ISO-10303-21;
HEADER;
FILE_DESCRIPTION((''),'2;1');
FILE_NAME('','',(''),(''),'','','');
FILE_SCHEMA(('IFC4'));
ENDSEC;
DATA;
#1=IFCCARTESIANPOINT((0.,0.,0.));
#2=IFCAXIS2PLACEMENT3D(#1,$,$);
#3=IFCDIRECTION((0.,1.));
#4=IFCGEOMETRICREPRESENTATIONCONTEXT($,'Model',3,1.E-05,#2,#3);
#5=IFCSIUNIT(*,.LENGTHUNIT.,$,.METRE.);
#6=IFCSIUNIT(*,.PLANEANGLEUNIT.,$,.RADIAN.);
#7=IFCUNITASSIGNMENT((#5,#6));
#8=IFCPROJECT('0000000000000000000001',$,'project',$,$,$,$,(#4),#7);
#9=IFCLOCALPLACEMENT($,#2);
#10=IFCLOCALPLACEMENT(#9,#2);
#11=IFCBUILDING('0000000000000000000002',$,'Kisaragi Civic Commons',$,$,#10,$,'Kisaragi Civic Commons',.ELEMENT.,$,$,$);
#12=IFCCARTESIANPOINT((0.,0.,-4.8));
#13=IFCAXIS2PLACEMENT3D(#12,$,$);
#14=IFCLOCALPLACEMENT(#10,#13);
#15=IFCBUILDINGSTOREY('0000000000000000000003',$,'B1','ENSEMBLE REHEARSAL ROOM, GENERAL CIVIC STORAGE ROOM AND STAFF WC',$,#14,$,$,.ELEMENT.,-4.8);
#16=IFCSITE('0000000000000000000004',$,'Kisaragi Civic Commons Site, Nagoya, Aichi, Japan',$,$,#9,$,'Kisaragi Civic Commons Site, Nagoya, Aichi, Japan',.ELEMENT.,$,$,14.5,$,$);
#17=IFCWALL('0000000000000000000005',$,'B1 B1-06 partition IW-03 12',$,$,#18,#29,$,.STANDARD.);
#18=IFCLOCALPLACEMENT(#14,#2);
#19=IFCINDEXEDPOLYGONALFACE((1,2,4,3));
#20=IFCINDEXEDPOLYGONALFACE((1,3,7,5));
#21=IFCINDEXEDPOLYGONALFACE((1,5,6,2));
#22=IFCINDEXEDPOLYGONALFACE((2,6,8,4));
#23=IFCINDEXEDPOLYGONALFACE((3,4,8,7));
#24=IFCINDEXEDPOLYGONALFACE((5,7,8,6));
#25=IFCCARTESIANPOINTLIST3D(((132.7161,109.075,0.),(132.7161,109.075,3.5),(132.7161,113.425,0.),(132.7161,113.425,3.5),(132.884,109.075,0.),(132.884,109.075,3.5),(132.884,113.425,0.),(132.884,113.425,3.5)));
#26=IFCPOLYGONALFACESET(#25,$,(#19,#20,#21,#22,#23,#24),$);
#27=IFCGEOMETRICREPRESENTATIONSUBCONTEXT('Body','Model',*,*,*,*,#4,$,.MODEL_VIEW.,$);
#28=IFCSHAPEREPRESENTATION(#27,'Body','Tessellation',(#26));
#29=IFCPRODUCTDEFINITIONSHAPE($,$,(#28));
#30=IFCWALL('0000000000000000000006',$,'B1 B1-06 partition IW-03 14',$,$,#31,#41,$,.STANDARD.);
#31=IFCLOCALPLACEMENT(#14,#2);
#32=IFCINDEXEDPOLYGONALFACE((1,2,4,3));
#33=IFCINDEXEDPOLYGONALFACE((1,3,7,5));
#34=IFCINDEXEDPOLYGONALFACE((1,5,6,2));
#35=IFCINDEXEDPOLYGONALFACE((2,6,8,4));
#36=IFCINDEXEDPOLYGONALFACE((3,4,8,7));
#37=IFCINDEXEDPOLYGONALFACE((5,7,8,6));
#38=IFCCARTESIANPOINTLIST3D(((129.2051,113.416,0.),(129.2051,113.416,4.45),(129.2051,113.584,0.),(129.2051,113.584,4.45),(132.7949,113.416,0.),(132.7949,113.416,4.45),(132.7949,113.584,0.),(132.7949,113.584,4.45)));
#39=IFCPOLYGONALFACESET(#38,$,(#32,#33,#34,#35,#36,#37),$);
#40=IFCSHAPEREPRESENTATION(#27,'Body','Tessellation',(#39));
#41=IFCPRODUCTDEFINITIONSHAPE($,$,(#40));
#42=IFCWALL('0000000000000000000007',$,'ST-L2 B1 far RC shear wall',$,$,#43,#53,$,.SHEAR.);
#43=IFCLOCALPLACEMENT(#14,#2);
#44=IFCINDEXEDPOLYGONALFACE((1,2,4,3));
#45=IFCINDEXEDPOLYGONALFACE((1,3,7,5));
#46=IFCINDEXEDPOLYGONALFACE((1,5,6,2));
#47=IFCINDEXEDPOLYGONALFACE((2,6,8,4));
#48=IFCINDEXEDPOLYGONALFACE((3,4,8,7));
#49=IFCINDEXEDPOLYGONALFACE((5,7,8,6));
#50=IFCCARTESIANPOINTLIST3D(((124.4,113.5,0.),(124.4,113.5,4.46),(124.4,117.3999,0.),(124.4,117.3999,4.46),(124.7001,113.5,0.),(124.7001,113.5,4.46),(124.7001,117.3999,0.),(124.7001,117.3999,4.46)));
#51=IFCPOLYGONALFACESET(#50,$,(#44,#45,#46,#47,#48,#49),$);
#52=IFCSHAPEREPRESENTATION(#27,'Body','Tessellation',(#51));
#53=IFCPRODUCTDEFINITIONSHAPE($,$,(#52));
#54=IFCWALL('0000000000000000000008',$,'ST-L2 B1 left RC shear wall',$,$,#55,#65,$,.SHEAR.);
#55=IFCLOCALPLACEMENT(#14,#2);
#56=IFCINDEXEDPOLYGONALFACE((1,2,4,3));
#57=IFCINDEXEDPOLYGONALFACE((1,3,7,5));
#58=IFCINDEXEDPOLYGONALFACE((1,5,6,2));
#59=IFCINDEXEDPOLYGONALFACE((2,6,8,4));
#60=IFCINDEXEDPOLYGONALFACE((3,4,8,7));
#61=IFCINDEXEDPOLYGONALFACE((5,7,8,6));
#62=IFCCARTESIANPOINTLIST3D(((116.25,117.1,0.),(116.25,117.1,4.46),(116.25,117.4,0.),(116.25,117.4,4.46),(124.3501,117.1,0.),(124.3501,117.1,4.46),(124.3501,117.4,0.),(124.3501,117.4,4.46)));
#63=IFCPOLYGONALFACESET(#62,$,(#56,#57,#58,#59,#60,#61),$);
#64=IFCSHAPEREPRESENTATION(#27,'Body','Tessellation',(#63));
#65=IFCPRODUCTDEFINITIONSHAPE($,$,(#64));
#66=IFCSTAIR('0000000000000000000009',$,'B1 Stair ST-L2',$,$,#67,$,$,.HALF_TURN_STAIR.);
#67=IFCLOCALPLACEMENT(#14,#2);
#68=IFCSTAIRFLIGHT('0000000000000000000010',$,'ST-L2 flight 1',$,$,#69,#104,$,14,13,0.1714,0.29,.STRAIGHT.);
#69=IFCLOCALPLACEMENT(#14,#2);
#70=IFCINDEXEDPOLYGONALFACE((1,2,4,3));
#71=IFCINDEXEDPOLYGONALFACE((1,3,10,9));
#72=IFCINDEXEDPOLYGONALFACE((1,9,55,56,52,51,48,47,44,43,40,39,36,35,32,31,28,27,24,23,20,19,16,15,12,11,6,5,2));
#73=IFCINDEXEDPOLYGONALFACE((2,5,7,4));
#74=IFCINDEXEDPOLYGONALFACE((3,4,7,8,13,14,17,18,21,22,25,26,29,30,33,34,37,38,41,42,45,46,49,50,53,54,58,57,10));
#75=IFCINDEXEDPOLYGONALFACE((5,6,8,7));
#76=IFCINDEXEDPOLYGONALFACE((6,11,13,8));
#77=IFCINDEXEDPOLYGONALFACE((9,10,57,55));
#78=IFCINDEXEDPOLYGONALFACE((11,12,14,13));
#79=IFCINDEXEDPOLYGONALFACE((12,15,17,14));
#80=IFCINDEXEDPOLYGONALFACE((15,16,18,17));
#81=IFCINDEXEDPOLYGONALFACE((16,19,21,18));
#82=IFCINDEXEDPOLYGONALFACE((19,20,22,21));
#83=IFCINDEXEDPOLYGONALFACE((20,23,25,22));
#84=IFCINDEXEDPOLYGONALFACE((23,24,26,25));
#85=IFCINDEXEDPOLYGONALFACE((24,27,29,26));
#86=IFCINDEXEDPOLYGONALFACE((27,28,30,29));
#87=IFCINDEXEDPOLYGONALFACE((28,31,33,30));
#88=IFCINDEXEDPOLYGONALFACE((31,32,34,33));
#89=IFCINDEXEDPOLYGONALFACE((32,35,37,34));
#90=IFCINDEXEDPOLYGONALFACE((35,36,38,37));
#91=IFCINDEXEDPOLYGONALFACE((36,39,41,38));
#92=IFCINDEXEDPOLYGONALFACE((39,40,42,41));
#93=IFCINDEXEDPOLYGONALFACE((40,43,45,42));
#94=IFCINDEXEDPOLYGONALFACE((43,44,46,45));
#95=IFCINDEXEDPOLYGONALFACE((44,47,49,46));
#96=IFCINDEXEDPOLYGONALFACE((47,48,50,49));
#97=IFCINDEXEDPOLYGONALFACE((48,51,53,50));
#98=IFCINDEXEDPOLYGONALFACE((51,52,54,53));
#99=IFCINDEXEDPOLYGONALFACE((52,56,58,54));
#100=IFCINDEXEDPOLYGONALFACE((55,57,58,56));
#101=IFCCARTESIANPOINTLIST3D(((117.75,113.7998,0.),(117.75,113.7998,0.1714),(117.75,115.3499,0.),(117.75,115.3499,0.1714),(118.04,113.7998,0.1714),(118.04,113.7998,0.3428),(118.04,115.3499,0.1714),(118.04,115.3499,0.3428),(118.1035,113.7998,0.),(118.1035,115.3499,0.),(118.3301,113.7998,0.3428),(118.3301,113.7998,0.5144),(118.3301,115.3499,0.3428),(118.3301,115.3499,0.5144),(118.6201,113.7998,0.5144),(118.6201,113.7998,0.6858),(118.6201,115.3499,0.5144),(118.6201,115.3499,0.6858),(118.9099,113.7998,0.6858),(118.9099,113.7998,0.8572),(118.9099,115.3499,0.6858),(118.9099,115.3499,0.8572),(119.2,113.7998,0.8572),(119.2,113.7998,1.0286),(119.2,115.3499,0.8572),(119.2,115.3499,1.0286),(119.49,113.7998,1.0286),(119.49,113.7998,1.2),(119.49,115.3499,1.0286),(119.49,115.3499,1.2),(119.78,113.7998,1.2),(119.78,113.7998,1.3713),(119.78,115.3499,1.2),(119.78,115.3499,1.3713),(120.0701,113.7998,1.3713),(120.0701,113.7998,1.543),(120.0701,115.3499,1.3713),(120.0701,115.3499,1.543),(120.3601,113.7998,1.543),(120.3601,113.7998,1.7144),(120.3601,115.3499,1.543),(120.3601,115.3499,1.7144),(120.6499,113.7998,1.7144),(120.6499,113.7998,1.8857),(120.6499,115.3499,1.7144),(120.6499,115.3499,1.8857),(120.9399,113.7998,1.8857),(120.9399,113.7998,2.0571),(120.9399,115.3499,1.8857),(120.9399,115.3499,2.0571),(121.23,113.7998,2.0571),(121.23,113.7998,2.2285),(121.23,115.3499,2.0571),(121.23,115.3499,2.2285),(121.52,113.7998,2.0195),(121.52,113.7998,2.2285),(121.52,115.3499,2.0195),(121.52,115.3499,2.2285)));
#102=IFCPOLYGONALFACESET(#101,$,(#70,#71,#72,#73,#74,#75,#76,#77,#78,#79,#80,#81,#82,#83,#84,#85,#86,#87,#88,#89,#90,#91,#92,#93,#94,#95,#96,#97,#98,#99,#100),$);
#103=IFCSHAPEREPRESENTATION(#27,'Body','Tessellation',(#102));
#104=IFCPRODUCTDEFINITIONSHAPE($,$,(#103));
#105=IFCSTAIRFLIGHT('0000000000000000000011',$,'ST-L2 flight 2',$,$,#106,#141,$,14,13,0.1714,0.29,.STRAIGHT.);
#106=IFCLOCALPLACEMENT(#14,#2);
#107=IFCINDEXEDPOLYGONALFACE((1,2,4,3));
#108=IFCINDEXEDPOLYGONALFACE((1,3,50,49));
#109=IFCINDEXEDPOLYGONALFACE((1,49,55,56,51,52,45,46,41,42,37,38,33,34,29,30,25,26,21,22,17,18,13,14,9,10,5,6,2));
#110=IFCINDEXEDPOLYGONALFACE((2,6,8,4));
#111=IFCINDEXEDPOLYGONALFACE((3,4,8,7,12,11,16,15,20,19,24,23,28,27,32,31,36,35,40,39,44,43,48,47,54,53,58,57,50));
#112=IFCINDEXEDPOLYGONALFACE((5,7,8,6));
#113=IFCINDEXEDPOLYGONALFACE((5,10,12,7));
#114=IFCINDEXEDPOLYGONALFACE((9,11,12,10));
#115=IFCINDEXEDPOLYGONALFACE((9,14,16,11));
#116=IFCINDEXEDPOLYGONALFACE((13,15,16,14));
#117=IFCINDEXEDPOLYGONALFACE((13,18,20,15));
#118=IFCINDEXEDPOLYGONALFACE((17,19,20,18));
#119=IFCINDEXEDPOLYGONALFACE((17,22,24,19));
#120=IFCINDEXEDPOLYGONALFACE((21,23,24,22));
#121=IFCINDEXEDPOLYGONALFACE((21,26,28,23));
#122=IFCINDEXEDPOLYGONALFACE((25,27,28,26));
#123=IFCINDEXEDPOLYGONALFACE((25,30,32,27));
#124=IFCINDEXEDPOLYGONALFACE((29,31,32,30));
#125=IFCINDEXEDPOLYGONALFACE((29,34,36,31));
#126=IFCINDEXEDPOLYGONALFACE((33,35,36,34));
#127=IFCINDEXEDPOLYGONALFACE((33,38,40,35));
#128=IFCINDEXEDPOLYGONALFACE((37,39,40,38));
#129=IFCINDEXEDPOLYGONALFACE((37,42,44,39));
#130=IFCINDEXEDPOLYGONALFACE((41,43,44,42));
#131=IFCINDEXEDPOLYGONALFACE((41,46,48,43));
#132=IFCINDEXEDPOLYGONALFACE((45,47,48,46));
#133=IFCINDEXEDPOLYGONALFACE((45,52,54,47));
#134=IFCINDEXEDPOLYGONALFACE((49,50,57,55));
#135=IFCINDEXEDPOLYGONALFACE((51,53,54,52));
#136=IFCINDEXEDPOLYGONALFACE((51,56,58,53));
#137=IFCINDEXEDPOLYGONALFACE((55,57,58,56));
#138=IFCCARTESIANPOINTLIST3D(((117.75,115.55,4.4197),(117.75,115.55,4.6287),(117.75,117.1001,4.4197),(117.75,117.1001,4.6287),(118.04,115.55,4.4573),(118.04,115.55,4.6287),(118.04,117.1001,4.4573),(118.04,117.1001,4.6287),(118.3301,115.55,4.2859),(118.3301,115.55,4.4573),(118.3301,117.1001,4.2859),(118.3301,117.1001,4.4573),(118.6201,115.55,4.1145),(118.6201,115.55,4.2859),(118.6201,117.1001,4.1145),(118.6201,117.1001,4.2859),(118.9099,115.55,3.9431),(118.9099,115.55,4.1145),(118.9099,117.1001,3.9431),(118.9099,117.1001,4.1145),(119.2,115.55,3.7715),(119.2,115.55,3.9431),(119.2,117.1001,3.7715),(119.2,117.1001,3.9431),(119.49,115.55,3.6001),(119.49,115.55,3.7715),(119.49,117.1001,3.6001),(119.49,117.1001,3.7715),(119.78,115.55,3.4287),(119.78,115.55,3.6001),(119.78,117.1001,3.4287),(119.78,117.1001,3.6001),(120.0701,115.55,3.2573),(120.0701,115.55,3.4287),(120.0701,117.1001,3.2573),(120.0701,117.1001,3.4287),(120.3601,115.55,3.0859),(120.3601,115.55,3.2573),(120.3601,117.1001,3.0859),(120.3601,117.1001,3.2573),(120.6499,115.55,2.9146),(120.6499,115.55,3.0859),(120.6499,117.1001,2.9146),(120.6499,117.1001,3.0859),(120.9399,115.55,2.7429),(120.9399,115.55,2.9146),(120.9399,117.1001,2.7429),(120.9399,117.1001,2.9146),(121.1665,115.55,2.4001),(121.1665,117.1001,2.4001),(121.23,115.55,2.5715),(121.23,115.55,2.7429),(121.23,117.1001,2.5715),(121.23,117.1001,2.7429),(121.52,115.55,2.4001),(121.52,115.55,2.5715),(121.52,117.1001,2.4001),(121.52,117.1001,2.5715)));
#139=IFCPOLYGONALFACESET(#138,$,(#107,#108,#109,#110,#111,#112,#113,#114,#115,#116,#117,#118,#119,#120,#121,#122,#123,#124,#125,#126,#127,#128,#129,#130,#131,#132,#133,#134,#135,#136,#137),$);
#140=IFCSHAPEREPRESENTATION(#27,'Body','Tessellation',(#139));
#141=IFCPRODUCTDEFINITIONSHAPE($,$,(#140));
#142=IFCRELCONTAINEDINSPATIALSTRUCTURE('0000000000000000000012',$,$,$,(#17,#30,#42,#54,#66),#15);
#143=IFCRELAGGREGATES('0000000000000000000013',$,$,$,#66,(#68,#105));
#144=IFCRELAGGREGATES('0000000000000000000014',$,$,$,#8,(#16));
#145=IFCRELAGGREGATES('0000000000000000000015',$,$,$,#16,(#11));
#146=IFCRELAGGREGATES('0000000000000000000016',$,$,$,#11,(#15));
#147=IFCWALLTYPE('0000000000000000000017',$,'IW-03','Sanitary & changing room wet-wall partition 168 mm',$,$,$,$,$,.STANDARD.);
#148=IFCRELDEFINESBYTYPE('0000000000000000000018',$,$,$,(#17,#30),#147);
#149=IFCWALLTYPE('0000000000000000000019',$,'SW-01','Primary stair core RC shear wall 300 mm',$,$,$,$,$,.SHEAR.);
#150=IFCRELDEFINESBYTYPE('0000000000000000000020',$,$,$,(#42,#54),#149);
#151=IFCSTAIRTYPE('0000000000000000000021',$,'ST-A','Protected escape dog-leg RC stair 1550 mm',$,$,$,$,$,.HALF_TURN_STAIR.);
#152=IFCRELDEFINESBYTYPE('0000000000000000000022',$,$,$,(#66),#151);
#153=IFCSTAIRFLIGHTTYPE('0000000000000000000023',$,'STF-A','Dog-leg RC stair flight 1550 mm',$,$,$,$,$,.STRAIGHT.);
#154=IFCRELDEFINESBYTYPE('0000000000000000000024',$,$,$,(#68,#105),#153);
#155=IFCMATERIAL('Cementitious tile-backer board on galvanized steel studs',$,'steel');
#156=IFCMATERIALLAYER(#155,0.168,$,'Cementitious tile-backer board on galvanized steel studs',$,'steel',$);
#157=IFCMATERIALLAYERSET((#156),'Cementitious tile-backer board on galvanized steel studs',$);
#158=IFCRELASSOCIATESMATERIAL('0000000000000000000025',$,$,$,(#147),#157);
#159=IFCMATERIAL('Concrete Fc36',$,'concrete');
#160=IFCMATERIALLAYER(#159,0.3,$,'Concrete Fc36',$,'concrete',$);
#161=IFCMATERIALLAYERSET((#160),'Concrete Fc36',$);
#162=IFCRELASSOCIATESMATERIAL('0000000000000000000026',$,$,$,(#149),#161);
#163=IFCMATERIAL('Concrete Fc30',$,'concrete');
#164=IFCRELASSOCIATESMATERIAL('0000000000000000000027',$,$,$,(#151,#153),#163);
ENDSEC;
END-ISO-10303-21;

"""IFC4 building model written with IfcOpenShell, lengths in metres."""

from ifc_helpers import new_model, si_unit, direction, frame, frame_2d, origin, place, context, subcontext, project, spatial, polyline, rectangle, outline, extrude, material, layer, layer_set, type_object, element, aggregate, save


model = new_model("IFC4")

# Units and contexts
model_context = context("Model", 3, precision=1e-05, world=origin(), true_north=direction((0.0, 1.0)))
body_context = subcontext(model_context, "Body", "Model", "MODEL_VIEW")
ifc_project = project(units=[si_unit("LENGTHUNIT", "METRE"), si_unit("PLANEANGLEUNIT", "RADIAN")], contexts=[model_context])

# Site, building, storey
site_placement = place(None, origin())
site = spatial("IfcSite", under=ifc_project, at=site_placement, Name="Kisaragi Civic Commons Site, Nagoya, Aichi, Japan", LongName="Kisaragi Civic Commons Site, Nagoya, Aichi, Japan", CompositionType="ELEMENT", RefElevation=14.5)
building_placement = place(site_placement, origin())
building = spatial("IfcBuilding", under=site, at=building_placement, Name="Kisaragi Civic Commons", LongName="Kisaragi Civic Commons", CompositionType="ELEMENT")
storey_placement = place(building_placement, frame((0.0, 0.0, -4.8)))
storey = spatial("IfcBuildingStorey", under=building, at=storey_placement, Name="B1", Description="ENSEMBLE REHEARSAL ROOM, GENERAL CIVIC STORAGE ROOM AND STAFF WC", CompositionType="ELEMENT", Elevation=-4.8)

# Shared definitions
ifc_material_1 = material(Name="Concrete Fc36", Category="concrete")

# Walls
ifc_material_2 = material(Name="Cementitious tile-backer board on galvanized steel studs", Category="steel")
ifc_layer_1 = layer(ifc_material_2, 0.168, Name="Cementitious tile-backer board on galvanized steel studs", Category="steel")
ifc_layer_set_1 = layer_set([ifc_layer_1], Name="Cementitious tile-backer board on galvanized steel studs")
wall_type_1 = type_object("IfcWallType", Name="IW-03", Description="Sanitary & changing room wet-wall partition 168 mm", PredefinedType="STANDARD", material=ifc_layer_set_1)
wall_1_placement = place(storey_placement, frame((132.8, 113.425, 0.0), z_axis=(0.0, 0.0, 1.0), x_axis=(0.0, -1.0, 0.0)))
element("IfcWall", 1, at=wall_1_placement, inside=storey, type_object=wall_type_1, Name="B1 B1-06 partition IW-03 12", PredefinedType="STANDARD", context=body_context, shape_type="SweptSolid", body=[
    extrude(rectangle(XDim=4.3501, YDim=0.168, at=frame_2d((2.175, 0.0))), origin(), (0.0, 0.0, 1.0), 3.5),
])
wall_2_placement = place(storey_placement, frame((129.2051, 113.5, 0.0), z_axis=(0.0, 0.0, 1.0), x_axis=(1.0, 0.0, 0.0)))
element("IfcWall", 2, at=wall_2_placement, inside=storey, type_object=wall_type_1, Name="B1 B1-06 partition IW-03 14", PredefinedType="STANDARD", context=body_context, shape_type="SweptSolid", body=[
    extrude(rectangle(XDim=3.5898, YDim=0.168, at=frame_2d((1.7949, 0.0))), origin(), (0.0, 0.0, 1.0), 4.45),
])
ifc_layer_2 = layer(ifc_material_1, 0.3, Name="Concrete Fc36", Category="concrete")
ifc_layer_set_2 = layer_set([ifc_layer_2], Name="Concrete Fc36")
wall_type_2 = type_object("IfcWallType", Name="SW-01", Description="Primary stair core RC shear wall 300 mm", PredefinedType="SHEAR", material=ifc_layer_set_2)
wall_3_placement = place(storey_placement, frame((124.55, 113.5, 0.0), z_axis=(0.0, 0.0, 1.0), x_axis=(0.0, 1.0, 0.0)))
element("IfcWall", 3, at=wall_3_placement, inside=storey, type_object=wall_type_2, Name="ST-L2 B1 far RC shear wall", PredefinedType="SHEAR", context=body_context, shape_type="SweptSolid", body=[
    extrude(rectangle(XDim=3.8999, YDim=0.3, at=frame_2d((1.95, 0.0))), origin(), (0.0, 0.0, 1.0), 4.46),
])
wall_4_placement = place(storey_placement, frame((124.3501, 117.25, 0.0), z_axis=(0.0, 0.0, 1.0), x_axis=(-1.0, 0.0, 0.0)))
element("IfcWall", 4, at=wall_4_placement, inside=storey, type_object=wall_type_2, Name="ST-L2 B1 left RC shear wall", PredefinedType="SHEAR", context=body_context, shape_type="SweptSolid", body=[
    extrude(rectangle(XDim=8.1001, YDim=0.3, at=frame_2d((4.05, 0.0))), origin(), (0.0, 0.0, 1.0), 4.46),
])

# Stair, stair flights
ifc_material_3 = material(Name="Concrete Fc30", Category="concrete")
stair_type = type_object("IfcStairType", Name="ST-A", Description="Protected escape dog-leg RC stair 1550 mm", PredefinedType="HALF_TURN_STAIR", material=ifc_material_3)
stair_placement = place(storey_placement, origin())
stair = element("IfcStair", 5, at=stair_placement, inside=storey, type_object=stair_type, Name="B1 Stair ST-L2", PredefinedType="HALF_TURN_STAIR")
stair_flight_type = type_object("IfcStairFlightType", Name="STF-A", Description="Dog-leg RC stair flight 1550 mm", PredefinedType="STRAIGHT", material=ifc_material_3)
stair_flight_1_placement = place(storey_placement, frame((117.75, 114.575, 0.0), z_axis=(0.0, 0.0, 1.0), x_axis=(1.0, 0.0, 0.0)))
stair_flight_1 = element("IfcStairFlight", 6, at=stair_flight_1_placement, type_object=stair_flight_type, Name="ST-L2 flight 1", NumberOfRisers=14, NumberOfTreads=13, PredefinedType="STRAIGHT", RiserHeight=0.1714, TreadLength=0.29, context=body_context, shape_type="SweptSolid", body=[
    extrude(outline(polyline([(0.0, 0.0), (0.0, 0.1714), (0.29, 0.1714), (0.29, 0.3428), (0.5801, 0.3428), (0.5801, 0.5144), (0.8701, 0.5144), (0.8701, 0.6858), (1.1599, 0.6858), (1.1599, 0.8572), (1.45, 0.8572), (1.45, 1.0286), (1.74, 1.0286), (1.74, 1.2), (2.03, 1.2), (2.03, 1.3713), (2.3201, 1.3713), (2.3201, 1.543), (2.6101, 1.543), (2.6101, 1.7144), (2.8999, 1.7144), (2.8999, 1.8857), (3.1899, 1.8857), (3.1899, 2.0571), (3.48, 2.0571), (3.48, 2.2285), (3.77, 2.2285), (3.77, 2.3999), (3.77, 2.0195), (0.3535, 0.0), (0.0, 0.0)])), frame((0.0, 0.7749, 0.0), z_axis=(0.0, -1.0, 0.0), x_axis=(1.0, 0.0, 0.0)), (0.0, 0.0, 1.0), 1.55),
])
stair_flight_2_placement = place(storey_placement, frame((121.52, 116.325, 2.4001), z_axis=(0.0, 0.0, 1.0), x_axis=(-1.0, 0.0, 0.0)))
stair_flight_2 = element("IfcStairFlight", 7, at=stair_flight_2_placement, type_object=stair_flight_type, Name="ST-L2 flight 2", NumberOfRisers=14, NumberOfTreads=13, PredefinedType="STRAIGHT", RiserHeight=0.1714, TreadLength=0.29, context=body_context, shape_type="SweptSolid", body=[
    extrude(outline(polyline([(0.0, 0.0), (0.0, 0.1714), (0.29, 0.1714), (0.29, 0.3428), (0.5801, 0.3428), (0.5801, 0.5144), (0.8701, 0.5144), (0.8701, 0.6858), (1.1599, 0.6858), (1.1599, 0.8572), (1.45, 0.8572), (1.45, 1.0286), (1.74, 1.0286), (1.74, 1.2), (2.03, 1.2), (2.03, 1.3713), (2.3201, 1.3713), (2.3201, 1.543), (2.6101, 1.543), (2.6101, 1.7144), (2.8999, 1.7144), (2.8999, 1.8857), (3.1899, 1.8857), (3.1899, 2.0571), (3.48, 2.0571), (3.48, 2.2285), (3.77, 2.2285), (3.77, 2.3999), (3.77, 2.0195), (0.3535, 0.0), (0.0, 0.0)])), frame((0.0, 0.7749, 0.0), z_axis=(0.0, -1.0, 0.0), x_axis=(1.0, 0.0, 0.0)), (0.0, 0.0, 1.0), 1.55),
])
aggregate(stair, [stair_flight_1, stair_flight_2])

save(model, "model.ifc")
